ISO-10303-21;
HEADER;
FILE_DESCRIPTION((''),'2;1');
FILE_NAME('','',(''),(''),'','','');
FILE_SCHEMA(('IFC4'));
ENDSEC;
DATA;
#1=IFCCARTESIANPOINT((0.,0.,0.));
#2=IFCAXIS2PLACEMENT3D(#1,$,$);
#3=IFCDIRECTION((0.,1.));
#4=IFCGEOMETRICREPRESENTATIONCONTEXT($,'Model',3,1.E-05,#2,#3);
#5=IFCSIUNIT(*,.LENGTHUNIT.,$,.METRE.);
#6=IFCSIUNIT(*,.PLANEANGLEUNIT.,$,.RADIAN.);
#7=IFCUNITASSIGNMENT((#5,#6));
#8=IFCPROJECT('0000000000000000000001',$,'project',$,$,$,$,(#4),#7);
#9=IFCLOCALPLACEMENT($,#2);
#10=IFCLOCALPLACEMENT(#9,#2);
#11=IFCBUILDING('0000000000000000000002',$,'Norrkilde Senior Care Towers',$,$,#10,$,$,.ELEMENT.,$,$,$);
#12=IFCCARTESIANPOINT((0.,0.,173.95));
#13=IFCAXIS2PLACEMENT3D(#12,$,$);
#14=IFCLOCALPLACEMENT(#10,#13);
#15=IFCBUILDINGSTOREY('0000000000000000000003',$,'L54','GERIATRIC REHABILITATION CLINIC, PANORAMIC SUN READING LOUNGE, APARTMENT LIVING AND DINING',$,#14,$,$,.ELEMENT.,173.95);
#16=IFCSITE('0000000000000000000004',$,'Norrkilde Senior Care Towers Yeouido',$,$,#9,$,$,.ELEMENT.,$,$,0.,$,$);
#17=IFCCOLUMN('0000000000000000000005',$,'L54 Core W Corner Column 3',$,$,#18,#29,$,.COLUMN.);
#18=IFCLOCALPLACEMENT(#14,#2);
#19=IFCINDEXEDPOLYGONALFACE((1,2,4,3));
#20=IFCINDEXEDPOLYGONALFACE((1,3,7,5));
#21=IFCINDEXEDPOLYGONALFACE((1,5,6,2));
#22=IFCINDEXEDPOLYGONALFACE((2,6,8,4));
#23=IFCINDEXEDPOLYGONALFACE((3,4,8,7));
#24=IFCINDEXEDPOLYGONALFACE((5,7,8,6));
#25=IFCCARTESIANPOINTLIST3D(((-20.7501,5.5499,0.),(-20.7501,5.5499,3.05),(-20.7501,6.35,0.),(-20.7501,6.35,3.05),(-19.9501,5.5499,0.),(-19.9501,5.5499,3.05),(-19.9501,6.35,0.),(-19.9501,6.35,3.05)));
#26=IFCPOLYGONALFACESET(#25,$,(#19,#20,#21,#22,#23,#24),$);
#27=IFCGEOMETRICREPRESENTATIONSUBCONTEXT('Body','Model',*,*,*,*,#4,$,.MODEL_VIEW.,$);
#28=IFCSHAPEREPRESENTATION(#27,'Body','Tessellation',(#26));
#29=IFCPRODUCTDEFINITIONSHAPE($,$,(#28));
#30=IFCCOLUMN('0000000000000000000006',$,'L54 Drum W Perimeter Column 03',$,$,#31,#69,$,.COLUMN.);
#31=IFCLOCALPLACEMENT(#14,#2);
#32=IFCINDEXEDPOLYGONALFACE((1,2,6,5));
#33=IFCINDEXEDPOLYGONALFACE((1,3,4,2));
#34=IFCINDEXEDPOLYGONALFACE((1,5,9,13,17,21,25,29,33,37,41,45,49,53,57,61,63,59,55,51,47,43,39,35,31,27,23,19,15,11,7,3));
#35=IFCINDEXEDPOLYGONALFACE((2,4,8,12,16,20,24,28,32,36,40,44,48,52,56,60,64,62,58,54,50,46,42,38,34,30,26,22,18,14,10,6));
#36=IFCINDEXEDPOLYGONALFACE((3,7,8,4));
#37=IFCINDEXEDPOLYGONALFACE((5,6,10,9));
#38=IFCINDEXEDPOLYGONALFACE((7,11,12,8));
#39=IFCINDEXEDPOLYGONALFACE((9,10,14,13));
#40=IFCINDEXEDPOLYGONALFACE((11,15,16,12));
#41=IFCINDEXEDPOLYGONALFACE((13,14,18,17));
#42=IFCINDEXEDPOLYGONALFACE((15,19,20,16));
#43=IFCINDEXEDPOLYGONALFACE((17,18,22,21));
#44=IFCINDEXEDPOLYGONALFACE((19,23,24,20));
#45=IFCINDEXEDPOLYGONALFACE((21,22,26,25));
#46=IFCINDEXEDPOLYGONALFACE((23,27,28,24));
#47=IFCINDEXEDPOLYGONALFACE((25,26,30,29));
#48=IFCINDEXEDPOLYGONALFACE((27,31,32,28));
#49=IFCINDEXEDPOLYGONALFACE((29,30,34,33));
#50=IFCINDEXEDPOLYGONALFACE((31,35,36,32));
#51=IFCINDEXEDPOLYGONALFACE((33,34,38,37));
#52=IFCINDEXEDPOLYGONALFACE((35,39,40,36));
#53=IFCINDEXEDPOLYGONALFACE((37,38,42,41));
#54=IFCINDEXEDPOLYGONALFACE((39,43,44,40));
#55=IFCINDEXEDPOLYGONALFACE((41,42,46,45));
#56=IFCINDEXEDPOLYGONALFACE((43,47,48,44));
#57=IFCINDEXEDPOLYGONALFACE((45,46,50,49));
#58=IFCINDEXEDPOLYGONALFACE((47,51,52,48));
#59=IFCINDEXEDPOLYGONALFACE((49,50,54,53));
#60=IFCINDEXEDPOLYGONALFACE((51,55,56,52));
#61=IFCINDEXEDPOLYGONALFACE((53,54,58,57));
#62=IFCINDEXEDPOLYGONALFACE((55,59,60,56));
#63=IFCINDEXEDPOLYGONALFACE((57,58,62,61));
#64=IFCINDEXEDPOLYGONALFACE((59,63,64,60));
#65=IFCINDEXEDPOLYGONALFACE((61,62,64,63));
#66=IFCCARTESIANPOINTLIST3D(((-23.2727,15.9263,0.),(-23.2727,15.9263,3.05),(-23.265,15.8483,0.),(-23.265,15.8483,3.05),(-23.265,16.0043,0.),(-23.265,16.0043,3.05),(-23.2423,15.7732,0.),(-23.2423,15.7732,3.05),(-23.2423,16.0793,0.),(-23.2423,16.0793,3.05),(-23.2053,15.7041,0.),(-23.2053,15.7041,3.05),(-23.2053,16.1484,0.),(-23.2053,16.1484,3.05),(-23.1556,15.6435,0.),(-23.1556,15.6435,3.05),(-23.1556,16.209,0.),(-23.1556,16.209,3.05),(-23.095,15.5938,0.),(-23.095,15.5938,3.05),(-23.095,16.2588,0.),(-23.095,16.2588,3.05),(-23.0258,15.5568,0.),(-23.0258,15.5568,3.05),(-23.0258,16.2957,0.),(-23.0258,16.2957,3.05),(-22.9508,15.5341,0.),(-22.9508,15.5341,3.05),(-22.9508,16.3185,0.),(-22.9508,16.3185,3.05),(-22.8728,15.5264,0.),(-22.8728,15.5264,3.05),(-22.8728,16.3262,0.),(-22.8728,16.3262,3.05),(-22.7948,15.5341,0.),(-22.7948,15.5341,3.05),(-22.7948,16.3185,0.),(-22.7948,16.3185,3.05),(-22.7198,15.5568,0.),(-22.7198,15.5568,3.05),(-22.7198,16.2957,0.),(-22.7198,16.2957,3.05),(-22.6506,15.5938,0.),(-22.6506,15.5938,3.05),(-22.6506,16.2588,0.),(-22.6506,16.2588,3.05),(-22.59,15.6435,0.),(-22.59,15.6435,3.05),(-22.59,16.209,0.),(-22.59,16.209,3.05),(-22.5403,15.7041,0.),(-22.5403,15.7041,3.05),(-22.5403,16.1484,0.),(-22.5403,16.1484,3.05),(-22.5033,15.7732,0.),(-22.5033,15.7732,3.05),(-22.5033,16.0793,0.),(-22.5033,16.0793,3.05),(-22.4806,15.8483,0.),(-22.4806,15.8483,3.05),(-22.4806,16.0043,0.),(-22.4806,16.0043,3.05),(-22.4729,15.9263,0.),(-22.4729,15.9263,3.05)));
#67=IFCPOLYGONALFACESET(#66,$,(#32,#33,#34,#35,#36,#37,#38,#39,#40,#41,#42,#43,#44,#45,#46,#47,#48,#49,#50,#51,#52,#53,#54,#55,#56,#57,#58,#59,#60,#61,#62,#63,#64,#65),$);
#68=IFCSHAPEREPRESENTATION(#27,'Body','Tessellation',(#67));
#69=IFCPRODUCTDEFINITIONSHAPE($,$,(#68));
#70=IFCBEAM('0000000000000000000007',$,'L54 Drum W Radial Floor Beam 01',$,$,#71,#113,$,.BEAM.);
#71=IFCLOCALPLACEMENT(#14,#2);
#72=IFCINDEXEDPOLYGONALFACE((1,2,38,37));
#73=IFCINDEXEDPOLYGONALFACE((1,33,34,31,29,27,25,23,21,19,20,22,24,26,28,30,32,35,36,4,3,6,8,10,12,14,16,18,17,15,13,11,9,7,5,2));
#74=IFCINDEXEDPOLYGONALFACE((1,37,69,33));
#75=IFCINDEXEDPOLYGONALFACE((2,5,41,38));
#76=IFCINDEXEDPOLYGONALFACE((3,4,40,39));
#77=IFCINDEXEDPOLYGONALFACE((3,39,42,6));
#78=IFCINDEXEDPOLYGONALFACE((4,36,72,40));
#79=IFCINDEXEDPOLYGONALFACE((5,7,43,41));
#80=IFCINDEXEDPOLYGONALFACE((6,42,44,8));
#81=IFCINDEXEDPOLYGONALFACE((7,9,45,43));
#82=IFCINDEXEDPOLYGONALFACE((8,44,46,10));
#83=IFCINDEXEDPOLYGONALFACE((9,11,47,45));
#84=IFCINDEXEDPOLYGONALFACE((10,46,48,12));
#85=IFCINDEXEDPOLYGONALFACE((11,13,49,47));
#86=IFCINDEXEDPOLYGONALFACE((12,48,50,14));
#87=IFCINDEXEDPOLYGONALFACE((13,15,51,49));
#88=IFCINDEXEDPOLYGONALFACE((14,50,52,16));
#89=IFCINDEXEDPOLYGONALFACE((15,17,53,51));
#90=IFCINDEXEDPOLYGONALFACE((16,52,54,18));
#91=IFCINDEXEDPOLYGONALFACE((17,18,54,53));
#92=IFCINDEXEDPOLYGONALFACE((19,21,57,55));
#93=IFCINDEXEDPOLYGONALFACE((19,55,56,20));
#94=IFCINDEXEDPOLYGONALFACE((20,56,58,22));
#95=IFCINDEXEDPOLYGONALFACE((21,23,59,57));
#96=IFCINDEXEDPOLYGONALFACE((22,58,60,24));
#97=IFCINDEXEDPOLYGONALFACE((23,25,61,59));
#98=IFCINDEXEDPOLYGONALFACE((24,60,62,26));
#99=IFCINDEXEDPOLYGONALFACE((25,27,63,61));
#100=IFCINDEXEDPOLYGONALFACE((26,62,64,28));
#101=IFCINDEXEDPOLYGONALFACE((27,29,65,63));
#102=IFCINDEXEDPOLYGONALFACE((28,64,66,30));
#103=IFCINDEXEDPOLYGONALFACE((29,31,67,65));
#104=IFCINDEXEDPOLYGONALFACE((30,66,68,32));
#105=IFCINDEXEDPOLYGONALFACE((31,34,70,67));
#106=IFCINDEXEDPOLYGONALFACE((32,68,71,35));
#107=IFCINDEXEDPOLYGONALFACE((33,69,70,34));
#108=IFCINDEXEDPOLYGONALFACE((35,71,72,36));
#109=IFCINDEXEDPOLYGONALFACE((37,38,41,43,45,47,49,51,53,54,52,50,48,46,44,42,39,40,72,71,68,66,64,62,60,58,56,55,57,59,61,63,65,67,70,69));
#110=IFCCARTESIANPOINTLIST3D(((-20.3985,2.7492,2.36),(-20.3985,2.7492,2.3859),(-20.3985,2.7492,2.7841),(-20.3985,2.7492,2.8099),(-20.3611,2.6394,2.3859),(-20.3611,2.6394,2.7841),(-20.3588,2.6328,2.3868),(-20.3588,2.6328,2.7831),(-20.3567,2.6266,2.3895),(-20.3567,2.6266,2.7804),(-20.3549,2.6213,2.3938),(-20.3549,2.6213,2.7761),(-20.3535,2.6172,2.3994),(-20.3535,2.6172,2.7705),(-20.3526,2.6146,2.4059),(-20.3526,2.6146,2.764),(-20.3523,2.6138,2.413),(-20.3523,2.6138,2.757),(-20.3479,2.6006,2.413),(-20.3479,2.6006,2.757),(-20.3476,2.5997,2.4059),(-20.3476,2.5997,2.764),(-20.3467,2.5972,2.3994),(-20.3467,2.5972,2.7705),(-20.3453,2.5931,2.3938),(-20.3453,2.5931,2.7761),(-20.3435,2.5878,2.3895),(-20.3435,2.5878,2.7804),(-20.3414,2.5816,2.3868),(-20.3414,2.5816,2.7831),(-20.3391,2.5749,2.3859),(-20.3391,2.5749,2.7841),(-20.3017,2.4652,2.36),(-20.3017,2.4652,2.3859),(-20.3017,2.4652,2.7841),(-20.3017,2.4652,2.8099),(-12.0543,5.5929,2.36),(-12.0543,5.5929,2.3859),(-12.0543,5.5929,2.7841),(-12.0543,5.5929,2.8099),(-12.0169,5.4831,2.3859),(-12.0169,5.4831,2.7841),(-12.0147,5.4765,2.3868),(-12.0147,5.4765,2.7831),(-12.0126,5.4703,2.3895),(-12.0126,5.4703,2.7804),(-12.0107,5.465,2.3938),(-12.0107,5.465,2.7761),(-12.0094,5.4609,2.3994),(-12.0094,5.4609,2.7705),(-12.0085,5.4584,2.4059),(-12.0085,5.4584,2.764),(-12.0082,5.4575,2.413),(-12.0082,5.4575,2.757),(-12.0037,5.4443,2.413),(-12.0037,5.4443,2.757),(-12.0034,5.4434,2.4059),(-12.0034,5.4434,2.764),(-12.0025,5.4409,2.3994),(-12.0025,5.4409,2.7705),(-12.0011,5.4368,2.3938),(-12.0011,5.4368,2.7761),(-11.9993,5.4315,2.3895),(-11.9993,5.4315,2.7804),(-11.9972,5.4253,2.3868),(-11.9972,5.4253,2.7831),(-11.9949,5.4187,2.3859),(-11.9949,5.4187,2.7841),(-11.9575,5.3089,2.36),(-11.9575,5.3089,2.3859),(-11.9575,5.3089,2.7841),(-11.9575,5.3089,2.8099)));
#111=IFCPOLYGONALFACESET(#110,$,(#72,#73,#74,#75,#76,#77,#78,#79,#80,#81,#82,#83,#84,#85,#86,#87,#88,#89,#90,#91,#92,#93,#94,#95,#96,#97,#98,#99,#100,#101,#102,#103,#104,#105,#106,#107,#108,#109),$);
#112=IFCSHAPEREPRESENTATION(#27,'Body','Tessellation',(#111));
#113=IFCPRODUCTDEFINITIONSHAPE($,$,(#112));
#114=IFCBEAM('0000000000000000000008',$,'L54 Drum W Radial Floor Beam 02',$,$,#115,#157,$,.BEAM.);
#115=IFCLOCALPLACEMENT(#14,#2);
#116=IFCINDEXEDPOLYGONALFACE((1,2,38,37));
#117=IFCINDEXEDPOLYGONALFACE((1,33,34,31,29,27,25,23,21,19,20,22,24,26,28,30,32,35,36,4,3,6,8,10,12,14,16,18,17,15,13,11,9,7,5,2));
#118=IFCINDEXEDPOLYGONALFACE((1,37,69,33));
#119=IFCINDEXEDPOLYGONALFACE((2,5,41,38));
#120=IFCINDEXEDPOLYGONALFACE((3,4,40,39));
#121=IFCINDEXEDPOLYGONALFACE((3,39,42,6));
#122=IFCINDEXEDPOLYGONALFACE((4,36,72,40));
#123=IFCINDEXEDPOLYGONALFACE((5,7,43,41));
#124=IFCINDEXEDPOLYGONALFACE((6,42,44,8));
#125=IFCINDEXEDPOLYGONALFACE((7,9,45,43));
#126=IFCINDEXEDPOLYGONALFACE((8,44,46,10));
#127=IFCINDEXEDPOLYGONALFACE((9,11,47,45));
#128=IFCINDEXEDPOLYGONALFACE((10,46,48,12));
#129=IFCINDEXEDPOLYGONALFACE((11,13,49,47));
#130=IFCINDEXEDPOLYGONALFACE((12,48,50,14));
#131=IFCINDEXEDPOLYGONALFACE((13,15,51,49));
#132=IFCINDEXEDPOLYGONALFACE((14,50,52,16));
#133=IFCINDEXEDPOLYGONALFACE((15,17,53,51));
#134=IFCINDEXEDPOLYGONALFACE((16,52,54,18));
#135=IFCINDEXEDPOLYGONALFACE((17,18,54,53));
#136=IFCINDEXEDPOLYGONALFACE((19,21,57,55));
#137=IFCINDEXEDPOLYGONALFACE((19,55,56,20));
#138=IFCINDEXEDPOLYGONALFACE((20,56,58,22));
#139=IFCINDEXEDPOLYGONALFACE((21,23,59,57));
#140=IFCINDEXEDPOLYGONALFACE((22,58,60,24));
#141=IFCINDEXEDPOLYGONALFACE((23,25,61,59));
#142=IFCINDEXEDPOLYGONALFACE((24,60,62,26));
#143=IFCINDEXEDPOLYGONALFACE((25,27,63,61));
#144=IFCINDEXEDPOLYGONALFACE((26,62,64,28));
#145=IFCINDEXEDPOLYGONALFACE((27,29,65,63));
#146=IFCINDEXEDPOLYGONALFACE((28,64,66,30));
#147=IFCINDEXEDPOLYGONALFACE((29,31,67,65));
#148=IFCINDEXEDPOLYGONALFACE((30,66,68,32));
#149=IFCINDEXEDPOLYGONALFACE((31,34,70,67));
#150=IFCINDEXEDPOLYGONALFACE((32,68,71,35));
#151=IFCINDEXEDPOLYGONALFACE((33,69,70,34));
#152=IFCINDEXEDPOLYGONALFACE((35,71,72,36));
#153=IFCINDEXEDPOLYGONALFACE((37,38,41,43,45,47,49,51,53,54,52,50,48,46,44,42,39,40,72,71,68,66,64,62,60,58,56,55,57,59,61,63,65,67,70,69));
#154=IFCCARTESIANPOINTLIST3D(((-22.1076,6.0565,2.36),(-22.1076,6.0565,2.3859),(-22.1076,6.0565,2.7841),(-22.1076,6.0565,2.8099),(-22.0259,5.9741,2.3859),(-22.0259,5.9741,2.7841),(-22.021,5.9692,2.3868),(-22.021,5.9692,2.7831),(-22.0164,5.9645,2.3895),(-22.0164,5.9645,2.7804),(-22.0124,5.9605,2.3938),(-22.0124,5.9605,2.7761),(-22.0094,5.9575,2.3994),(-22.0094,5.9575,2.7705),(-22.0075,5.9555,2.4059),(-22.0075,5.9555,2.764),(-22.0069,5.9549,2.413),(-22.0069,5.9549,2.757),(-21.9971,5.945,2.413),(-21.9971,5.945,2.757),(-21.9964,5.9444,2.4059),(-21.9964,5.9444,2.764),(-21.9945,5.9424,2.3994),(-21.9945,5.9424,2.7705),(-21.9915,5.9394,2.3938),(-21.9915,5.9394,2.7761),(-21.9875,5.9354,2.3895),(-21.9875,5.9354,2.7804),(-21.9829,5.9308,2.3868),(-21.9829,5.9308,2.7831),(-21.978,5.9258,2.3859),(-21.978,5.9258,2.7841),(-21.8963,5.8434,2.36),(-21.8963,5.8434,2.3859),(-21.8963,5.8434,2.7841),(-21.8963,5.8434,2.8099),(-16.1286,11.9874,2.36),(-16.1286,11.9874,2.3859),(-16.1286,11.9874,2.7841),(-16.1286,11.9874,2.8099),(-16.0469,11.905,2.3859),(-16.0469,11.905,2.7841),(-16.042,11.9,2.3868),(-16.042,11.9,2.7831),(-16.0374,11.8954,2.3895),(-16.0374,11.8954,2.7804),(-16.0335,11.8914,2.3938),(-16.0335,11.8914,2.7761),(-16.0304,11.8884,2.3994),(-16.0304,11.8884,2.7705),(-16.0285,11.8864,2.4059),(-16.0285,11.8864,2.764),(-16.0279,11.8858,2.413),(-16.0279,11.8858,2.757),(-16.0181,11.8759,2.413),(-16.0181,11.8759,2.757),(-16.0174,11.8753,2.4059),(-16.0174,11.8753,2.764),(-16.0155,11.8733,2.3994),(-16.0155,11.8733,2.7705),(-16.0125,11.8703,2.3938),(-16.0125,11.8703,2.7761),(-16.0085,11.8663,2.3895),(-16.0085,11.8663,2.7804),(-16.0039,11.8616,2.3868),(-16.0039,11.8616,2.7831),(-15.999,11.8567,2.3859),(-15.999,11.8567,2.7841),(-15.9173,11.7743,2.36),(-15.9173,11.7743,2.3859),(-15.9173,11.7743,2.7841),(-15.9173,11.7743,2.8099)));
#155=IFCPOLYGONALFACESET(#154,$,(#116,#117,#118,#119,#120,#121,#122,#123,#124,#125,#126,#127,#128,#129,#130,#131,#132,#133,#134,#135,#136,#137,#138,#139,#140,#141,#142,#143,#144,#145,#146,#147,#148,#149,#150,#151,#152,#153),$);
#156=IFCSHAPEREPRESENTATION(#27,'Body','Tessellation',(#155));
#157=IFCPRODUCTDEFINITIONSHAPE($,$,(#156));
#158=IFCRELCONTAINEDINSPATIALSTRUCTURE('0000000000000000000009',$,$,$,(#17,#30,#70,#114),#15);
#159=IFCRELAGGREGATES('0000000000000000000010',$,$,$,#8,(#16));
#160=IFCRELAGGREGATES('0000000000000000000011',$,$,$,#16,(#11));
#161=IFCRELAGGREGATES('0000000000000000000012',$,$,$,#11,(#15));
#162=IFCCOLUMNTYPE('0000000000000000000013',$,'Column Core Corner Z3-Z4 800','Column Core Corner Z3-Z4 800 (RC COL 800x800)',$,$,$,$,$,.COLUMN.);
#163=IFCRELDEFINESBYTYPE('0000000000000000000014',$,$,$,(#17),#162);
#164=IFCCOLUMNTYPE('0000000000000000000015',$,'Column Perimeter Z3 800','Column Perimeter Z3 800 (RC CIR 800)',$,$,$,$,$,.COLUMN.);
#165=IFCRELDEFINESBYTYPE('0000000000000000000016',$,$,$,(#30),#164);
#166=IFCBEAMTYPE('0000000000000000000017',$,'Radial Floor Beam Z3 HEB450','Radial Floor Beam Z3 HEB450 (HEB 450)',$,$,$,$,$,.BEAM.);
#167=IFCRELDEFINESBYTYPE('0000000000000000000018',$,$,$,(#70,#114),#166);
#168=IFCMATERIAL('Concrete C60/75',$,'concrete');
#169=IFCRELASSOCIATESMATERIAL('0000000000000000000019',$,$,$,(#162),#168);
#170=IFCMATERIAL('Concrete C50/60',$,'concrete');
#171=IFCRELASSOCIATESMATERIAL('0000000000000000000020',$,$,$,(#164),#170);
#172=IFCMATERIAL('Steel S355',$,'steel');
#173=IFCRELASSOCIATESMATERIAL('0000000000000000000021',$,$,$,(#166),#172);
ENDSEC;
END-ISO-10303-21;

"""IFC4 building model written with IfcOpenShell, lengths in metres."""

from ifc_helpers import new_model, si_unit, direction, frame, origin, origin_2d, place, context, subcontext, project, spatial, rectangle, circle, i_section, extrude, source, transform, mapped, material, material_profile, profile_set, type_object, type_shapes, element, save


model = new_model("IFC4")

# Units and contexts
model_context = context("Model", 3, precision=1e-05, world=origin(), true_north=direction((0.0, 1.0)))
body_context = subcontext(model_context, "Body", "Model", "MODEL_VIEW")
ifc_project = project(units=[si_unit("LENGTHUNIT", "METRE"), si_unit("PLANEANGLEUNIT", "RADIAN")], contexts=[model_context])

# Site, building, storey
site_placement = place(None, origin())
site = spatial("IfcSite", under=ifc_project, at=site_placement, Name="Norrkilde Senior Care Towers Yeouido", CompositionType="ELEMENT", RefElevation=0.0)
building_placement = place(site_placement, origin())
building = spatial("IfcBuilding", under=site, at=building_placement, Name="Norrkilde Senior Care Towers", CompositionType="ELEMENT")
storey_placement = place(building_placement, frame((0.0, 0.0, 173.95)))
storey = spatial("IfcBuildingStorey", under=building, at=storey_placement, Name="L54", Description="GERIATRIC REHABILITATION CLINIC, PANORAMIC SUN READING LOUNGE, APARTMENT LIVING AND DINING", CompositionType="ELEMENT", Elevation=173.95)

# Columns
ifc_material_1 = material(Name="Concrete C60/75", Category="concrete")
ifc_material_profile_1 = material_profile(ifc_material_1, rectangle(XDim=0.8, YDim=0.8, at=origin_2d()), Name="RC COL 800x800")
ifc_profile_set_1 = profile_set([ifc_material_profile_1], Name="Concrete C60/75")
column_type_1 = type_object("IfcColumnType", Name="Column Core Corner Z3-Z4 800", Description="Column Core Corner Z3-Z4 800 (RC COL 800x800)", PredefinedType="COLUMN", material=ifc_profile_set_1)
shared_shape_1 = source(origin(), body_context, "Body", "SweptSolid", [
    extrude(rectangle(XDim=0.8, YDim=0.8, at=origin_2d()), origin(), (0.0, 0.0, 1.0), 3.05),
])
type_shapes(column_type_1, [shared_shape_1])
column_1_placement = place(storey_placement, frame((-20.3501, 5.95, 0.0), z_axis=(0.0, 0.0, 1.0), x_axis=(1.0, 0.0, 0.0)))
element("IfcColumn", 1, at=column_1_placement, inside=storey, type_object=column_type_1, Name="L54 Core W Corner Column 3", PredefinedType="COLUMN", context=body_context, shape_type="MappedRepresentation", body=[
    mapped(shared_shape_1, transform((0.0, 0.0, 0.0), x_axis=(1.0, 0.0, 0.0), y_axis=(0.0, 1.0, 0.0), z_axis=(0.0, 0.0, 1.0), scale=1.0)),
])
ifc_material_2 = material(Name="Concrete C50/60", Category="concrete")
ifc_material_profile_2 = material_profile(ifc_material_2, circle(Radius=0.3999, at=origin_2d()), Name="RC CIR 800")
ifc_profile_set_2 = profile_set([ifc_material_profile_2], Name="Concrete C50/60")
column_type_2 = type_object("IfcColumnType", Name="Column Perimeter Z3 800", Description="Column Perimeter Z3 800 (RC CIR 800)", PredefinedType="COLUMN", material=ifc_profile_set_2)
shared_shape_2 = source(origin(), body_context, "Body", "SweptSolid", [
    extrude(circle(Radius=0.3999, at=origin_2d()), origin(), (0.0, 0.0, 1.0), 3.05),
])
type_shapes(column_type_2, [shared_shape_2])
column_2_placement = place(storey_placement, frame((-22.8728, 15.9263, 0.0), z_axis=(0.0, 0.0, 1.0), x_axis=(1.0, 0.0, 0.0)))
element("IfcColumn", 2, at=column_2_placement, inside=storey, type_object=column_type_2, Name="L54 Drum W Perimeter Column 03", PredefinedType="COLUMN", context=body_context, shape_type="MappedRepresentation", body=[
    mapped(shared_shape_2, transform((0.0, 0.0, 0.0), x_axis=(1.0, 0.0, 0.0), y_axis=(0.0, 1.0, 0.0), z_axis=(0.0, 0.0, 1.0), scale=1.0)),
])

# Beams
ifc_material_3 = material(Name="Steel S355", Category="steel")
ifc_material_profile_3 = material_profile(ifc_material_3, i_section(OverallWidth=0.3, OverallDepth=0.45, WebThickness=0.0139, FlangeThickness=0.0259, FilletRadius=0.0271, at=origin_2d()), Name="HEB 450")
ifc_profile_set_3 = profile_set([ifc_material_profile_3], Name="Steel S355")
beam_type_1 = type_object("IfcBeamType", Name="Radial Floor Beam Z3 HEB450", Description="Radial Floor Beam Z3 HEB450 (HEB 450)", PredefinedType="BEAM", material=ifc_profile_set_3)
shared_shape_3 = source(origin(), body_context, "Body", "SweptSolid", [
    extrude(i_section(OverallWidth=0.3, OverallDepth=0.45, WebThickness=0.0139, FlangeThickness=0.0259, FilletRadius=0.0271, at=origin_2d()), origin(), (0.0, 0.0, 1.0), 8.8154),
])
beam_1_placement = place(storey_placement, frame((-20.3501, 2.6072, 2.585), z_axis=(0.946541, 0.322585, 0.0), x_axis=(-0.322585, 0.946541, 0.0)))
element("IfcBeam", 3, at=beam_1_placement, inside=storey, type_object=beam_type_1, Name="L54 Drum W Radial Floor Beam 01", PredefinedType="BEAM", context=body_context, shape_type="MappedRepresentation", body=[
    mapped(shared_shape_3, transform((0.0, 0.0, 0.0), x_axis=(1.0, 0.0, 0.0), y_axis=(0.0, 1.0, 0.0), z_axis=(0.0, 0.0, 1.0), scale=1.0)),
])
shared_shape_4 = source(origin(), body_context, "Body", "SweptSolid", [
    extrude(i_section(OverallWidth=0.3, OverallDepth=0.45, WebThickness=0.0139, FlangeThickness=0.0259, FilletRadius=0.0271, at=origin_2d()), origin(), (0.0, 0.0, 1.0), 8.4216),
])
beam_2_placement = place(storey_placement, frame((-22.002, 5.95, 2.585), z_axis=(0.709956, 0.704246, 0.0), x_axis=(-0.704246, 0.709956, 0.0)))
element("IfcBeam", 4, at=beam_2_placement, inside=storey, type_object=beam_type_1, Name="L54 Drum W Radial Floor Beam 02", PredefinedType="BEAM", context=body_context, shape_type="MappedRepresentation", body=[
    mapped(shared_shape_4, transform((0.0, 0.0, 0.0), x_axis=(1.0, 0.0, 0.0), y_axis=(0.0, 1.0, 0.0), z_axis=(0.0, 0.0, 1.0), scale=1.0)),
])

save(model, "model.ifc")
